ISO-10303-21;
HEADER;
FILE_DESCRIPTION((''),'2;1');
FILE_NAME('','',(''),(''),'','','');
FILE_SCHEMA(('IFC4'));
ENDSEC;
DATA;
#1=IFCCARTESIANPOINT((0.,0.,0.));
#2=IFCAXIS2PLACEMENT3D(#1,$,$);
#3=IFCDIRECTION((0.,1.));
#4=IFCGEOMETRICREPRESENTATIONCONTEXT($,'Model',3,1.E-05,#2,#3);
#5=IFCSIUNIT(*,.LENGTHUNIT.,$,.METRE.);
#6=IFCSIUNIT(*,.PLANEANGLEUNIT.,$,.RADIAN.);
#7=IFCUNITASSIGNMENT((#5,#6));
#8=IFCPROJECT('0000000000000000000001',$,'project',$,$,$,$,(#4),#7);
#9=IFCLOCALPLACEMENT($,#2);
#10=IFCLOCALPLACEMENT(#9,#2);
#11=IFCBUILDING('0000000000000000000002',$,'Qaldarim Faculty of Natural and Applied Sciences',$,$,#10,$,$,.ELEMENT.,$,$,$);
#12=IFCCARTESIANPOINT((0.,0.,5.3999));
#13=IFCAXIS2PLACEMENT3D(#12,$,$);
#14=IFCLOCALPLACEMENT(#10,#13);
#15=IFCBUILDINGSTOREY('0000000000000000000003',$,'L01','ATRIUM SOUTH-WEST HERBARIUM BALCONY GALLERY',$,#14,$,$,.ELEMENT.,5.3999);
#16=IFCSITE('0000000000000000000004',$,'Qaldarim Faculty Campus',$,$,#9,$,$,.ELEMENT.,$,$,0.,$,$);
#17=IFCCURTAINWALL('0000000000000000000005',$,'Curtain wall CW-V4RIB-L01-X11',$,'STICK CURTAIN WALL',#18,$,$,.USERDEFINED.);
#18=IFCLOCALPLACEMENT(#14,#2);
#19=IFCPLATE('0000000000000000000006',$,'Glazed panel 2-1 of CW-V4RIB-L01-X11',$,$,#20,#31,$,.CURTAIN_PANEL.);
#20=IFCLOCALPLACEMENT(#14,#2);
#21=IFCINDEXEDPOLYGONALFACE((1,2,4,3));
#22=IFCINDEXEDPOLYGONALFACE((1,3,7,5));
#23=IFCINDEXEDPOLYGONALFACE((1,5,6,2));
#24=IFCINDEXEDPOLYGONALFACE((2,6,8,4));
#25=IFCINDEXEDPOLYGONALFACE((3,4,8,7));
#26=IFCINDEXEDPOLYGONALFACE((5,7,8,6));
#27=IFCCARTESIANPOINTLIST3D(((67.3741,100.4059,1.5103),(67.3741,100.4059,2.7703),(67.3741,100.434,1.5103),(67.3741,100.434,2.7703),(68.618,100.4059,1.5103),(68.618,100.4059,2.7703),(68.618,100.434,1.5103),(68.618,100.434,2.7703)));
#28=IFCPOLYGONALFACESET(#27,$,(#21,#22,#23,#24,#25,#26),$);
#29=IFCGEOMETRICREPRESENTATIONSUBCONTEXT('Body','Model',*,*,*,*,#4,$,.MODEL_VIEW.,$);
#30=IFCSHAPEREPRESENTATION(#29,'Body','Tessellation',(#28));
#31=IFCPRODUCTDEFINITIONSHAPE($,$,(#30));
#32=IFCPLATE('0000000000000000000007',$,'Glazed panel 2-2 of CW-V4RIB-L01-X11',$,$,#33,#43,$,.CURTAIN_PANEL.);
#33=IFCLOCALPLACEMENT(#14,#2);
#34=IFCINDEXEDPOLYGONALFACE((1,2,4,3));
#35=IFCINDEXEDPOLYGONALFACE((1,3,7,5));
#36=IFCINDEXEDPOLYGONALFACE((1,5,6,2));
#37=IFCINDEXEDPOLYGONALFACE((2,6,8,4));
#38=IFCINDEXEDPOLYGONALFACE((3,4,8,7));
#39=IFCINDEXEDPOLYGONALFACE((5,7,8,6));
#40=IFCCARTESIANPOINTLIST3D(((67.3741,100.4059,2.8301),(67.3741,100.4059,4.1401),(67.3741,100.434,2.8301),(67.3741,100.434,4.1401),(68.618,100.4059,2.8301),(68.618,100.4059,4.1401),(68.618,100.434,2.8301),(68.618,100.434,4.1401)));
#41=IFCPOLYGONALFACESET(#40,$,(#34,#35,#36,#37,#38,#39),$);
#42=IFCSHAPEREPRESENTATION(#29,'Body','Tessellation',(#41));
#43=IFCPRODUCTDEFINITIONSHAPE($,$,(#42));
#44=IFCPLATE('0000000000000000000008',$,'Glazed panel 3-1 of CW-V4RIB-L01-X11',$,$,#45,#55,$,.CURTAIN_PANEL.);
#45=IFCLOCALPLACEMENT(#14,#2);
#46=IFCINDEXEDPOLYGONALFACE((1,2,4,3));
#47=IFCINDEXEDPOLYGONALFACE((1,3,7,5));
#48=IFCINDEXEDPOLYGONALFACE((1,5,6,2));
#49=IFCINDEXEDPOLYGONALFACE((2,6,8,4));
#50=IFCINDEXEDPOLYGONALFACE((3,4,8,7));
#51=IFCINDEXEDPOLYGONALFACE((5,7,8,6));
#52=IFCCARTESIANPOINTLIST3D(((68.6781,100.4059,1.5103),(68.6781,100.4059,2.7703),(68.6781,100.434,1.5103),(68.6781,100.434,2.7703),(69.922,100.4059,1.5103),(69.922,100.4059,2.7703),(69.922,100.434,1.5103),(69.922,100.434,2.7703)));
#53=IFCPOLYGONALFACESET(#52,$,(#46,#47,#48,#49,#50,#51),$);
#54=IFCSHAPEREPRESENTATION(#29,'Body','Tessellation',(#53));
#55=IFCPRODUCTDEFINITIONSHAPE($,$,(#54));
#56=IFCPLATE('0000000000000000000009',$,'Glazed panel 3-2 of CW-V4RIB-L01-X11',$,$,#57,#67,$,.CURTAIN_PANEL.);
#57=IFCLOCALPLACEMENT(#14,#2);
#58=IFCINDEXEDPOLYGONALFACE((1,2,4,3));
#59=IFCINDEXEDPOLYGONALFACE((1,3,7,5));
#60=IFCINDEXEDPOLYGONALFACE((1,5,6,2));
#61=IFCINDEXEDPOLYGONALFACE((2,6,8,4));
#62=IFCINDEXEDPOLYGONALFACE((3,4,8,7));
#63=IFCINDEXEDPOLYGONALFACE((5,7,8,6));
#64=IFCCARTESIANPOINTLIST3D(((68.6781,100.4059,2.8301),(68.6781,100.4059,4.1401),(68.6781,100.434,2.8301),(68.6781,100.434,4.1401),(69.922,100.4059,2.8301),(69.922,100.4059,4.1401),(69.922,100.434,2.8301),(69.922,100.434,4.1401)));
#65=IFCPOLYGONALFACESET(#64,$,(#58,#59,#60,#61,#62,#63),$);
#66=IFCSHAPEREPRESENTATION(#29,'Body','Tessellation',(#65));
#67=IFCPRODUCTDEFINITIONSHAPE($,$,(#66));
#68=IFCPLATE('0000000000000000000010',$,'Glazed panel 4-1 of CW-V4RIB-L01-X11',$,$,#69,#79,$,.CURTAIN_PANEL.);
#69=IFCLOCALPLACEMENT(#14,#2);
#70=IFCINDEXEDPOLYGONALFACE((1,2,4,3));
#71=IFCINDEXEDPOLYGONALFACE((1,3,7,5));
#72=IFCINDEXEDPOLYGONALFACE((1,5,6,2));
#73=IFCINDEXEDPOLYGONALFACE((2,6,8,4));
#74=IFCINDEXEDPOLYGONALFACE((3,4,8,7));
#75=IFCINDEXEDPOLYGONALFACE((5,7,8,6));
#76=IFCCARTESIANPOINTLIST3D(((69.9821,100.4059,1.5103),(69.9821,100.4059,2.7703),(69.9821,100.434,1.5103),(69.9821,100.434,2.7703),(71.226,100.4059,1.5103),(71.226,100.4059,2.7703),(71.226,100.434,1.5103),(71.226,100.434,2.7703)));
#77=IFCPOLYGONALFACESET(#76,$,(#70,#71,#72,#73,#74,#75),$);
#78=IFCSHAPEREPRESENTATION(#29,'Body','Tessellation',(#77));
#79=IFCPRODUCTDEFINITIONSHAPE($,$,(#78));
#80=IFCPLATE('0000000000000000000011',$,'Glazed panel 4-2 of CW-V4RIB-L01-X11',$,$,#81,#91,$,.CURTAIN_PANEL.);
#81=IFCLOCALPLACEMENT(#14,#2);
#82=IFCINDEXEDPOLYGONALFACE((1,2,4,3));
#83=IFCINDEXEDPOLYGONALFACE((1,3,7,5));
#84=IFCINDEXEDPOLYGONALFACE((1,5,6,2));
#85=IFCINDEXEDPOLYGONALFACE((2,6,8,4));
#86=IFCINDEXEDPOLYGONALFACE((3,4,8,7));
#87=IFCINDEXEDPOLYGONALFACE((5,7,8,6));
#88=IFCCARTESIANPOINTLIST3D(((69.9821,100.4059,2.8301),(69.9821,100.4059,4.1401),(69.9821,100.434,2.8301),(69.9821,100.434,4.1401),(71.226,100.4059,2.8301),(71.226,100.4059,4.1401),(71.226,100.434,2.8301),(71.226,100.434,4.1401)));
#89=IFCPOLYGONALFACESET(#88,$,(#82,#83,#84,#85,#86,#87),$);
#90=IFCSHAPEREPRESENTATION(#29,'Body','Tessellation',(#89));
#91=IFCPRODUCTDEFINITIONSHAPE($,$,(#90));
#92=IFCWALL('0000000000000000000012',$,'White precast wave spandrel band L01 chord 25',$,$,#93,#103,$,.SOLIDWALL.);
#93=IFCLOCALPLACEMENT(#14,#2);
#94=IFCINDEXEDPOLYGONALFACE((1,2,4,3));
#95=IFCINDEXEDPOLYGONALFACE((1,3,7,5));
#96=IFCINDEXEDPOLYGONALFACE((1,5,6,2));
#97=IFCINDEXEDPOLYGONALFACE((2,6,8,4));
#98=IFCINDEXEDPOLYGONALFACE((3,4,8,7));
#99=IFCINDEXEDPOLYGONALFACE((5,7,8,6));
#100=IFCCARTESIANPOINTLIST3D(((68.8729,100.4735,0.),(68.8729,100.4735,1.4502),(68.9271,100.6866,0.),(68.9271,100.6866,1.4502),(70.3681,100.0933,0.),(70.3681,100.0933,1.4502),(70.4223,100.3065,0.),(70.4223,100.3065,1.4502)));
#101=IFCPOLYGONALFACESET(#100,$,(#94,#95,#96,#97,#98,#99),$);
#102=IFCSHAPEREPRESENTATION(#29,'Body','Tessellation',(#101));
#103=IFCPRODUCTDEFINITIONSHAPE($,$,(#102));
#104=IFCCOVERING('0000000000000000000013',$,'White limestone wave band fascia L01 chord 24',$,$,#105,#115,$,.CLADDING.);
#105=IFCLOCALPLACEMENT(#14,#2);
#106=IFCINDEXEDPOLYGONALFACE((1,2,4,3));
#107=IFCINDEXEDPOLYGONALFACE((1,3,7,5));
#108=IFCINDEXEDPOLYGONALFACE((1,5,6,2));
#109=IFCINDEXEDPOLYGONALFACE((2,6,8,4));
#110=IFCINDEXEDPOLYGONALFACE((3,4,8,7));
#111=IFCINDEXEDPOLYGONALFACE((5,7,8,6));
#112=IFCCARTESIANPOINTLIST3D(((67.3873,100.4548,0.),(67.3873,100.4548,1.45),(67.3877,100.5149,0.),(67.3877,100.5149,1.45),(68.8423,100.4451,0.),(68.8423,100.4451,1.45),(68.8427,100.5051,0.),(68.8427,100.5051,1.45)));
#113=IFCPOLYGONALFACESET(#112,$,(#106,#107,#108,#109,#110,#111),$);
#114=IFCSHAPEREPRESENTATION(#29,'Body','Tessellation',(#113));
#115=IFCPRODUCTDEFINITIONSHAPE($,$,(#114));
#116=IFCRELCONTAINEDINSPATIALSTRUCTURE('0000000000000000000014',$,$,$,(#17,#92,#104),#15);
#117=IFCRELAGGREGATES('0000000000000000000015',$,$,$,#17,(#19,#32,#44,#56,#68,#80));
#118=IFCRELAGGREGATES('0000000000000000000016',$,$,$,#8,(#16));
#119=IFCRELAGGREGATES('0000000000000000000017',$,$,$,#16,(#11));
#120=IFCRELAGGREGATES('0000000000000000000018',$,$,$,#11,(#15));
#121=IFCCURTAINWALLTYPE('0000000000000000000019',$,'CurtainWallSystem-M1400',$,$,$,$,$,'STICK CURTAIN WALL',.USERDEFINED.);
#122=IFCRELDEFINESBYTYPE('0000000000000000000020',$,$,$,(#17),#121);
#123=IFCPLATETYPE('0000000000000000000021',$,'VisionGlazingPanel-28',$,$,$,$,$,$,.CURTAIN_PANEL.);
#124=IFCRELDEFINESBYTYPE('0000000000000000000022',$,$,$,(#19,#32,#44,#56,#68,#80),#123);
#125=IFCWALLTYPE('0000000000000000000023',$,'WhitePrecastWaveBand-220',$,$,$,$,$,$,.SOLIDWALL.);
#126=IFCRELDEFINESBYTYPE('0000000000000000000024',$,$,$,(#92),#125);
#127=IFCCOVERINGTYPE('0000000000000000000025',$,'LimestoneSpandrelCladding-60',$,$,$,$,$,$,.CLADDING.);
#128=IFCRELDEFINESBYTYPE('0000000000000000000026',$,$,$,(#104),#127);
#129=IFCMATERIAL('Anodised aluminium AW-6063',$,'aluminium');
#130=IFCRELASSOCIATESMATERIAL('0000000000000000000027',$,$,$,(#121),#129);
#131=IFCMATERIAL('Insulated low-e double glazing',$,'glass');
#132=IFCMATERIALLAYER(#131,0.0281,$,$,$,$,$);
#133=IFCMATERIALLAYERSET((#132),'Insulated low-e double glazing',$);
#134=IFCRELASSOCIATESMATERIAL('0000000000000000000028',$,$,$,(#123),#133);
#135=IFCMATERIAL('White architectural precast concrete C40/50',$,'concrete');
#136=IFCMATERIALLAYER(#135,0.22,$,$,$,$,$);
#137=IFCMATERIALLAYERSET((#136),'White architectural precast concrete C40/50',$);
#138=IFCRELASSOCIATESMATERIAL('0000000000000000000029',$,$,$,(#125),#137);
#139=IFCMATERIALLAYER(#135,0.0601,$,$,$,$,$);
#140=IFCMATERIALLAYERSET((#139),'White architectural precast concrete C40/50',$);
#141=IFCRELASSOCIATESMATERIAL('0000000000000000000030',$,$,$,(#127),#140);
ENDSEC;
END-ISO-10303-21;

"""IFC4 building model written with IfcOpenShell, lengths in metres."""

from ifc_helpers import new_model, si_unit, direction, frame, frame_2d, origin, origin_2d, place, context, subcontext, project, spatial, rectangle, extrude, material, layer, layer_set, type_object, element, aggregate, save


model = new_model("IFC4")

# Units and contexts
model_context = context("Model", 3, precision=1e-05, world=origin(), true_north=direction((0.0, 1.0)))
body_context = subcontext(model_context, "Body", "Model", "MODEL_VIEW")
ifc_project = project(units=[si_unit("LENGTHUNIT", "METRE"), si_unit("PLANEANGLEUNIT", "RADIAN")], contexts=[model_context])

# Site, building, storey
site_placement = place(None, origin())
site = spatial("IfcSite", under=ifc_project, at=site_placement, Name="Qaldarim Faculty Campus", CompositionType="ELEMENT", RefElevation=0.0)
building_placement = place(site_placement, origin())
building = spatial("IfcBuilding", under=site, at=building_placement, Name="Qaldarim Faculty of Natural and Applied Sciences", CompositionType="ELEMENT")
storey_placement = place(building_placement, frame((0.0, 0.0, 5.3999)))
storey = spatial("IfcBuildingStorey", under=building, at=storey_placement, Name="L01", Description="ATRIUM SOUTH-WEST HERBARIUM BALCONY GALLERY", CompositionType="ELEMENT", Elevation=5.3999)

# Curtain wall, plates
ifc_material_1 = material(Name="Anodised aluminium AW-6063", Category="aluminium")
curtain_wall_type = type_object("IfcCurtainWallType", Name="CurtainWallSystem-M1400", ElementType="STICK CURTAIN WALL", PredefinedType="USERDEFINED", material=ifc_material_1)
curtain_wall_placement = place(storey_placement, origin())
curtain_wall = element("IfcCurtainWall", 1, at=curtain_wall_placement, inside=storey, type_object=curtain_wall_type, Name="Curtain wall CW-V4RIB-L01-X11", ObjectType="STICK CURTAIN WALL", PredefinedType="USERDEFINED")
ifc_material_2 = material(Name="Insulated low-e double glazing", Category="glass")
ifc_layer_1 = layer(ifc_material_2, 0.0281)
ifc_layer_set_1 = layer_set([ifc_layer_1], Name="Insulated low-e double glazing")
plate_type = type_object("IfcPlateType", Name="VisionGlazingPanel-28", PredefinedType="CURTAIN_PANEL", material=ifc_layer_set_1)
plate_1_placement = place(storey_placement, frame((67.9961, 100.4199, 1.5103), z_axis=(0.0, 0.0, 1.0), x_axis=(1.0, 0.0, 0.0)))
plate_1 = element("IfcPlate", 2, at=plate_1_placement, type_object=plate_type, Name="Glazed panel 2-1 of CW-V4RIB-L01-X11", PredefinedType="CURTAIN_PANEL", context=body_context, shape_type="SweptSolid", body=[
    extrude(rectangle(XDim=1.2439, YDim=0.0281, at=origin_2d()), origin(), (0.0, 0.0, 1.0), 1.26),
])
plate_2_placement = place(storey_placement, frame((67.9961, 100.4199, 2.8301), z_axis=(0.0, 0.0, 1.0), x_axis=(1.0, 0.0, 0.0)))
plate_2 = element("IfcPlate", 3, at=plate_2_placement, type_object=plate_type, Name="Glazed panel 2-2 of CW-V4RIB-L01-X11", PredefinedType="CURTAIN_PANEL", context=body_context, shape_type="SweptSolid", body=[
    extrude(rectangle(XDim=1.2439, YDim=0.0281, at=origin_2d()), origin(), (0.0, 0.0, 1.0), 1.3101),
])
plate_3_placement = place(storey_placement, frame((69.3, 100.4199, 1.5103), z_axis=(0.0, 0.0, 1.0), x_axis=(1.0, 0.0, 0.0)))
plate_3 = element("IfcPlate", 4, at=plate_3_placement, type_object=plate_type, Name="Glazed panel 3-1 of CW-V4RIB-L01-X11", PredefinedType="CURTAIN_PANEL", context=body_context, shape_type="SweptSolid", body=[
    extrude(rectangle(XDim=1.2439, YDim=0.0281, at=origin_2d()), origin(), (0.0, 0.0, 1.0), 1.26),
])
plate_4_placement = place(storey_placement, frame((69.3, 100.4199, 2.8301), z_axis=(0.0, 0.0, 1.0), x_axis=(1.0, 0.0, 0.0)))
plate_4 = element("IfcPlate", 5, at=plate_4_placement, type_object=plate_type, Name="Glazed panel 3-2 of CW-V4RIB-L01-X11", PredefinedType="CURTAIN_PANEL", context=body_context, shape_type="SweptSolid", body=[
    extrude(rectangle(XDim=1.2439, YDim=0.0281, at=origin_2d()), origin(), (0.0, 0.0, 1.0), 1.3101),
])
plate_5_placement = place(storey_placement, frame((70.604, 100.4199, 1.5103), z_axis=(0.0, 0.0, 1.0), x_axis=(1.0, 0.0, 0.0)))
plate_5 = element("IfcPlate", 6, at=plate_5_placement, type_object=plate_type, Name="Glazed panel 4-1 of CW-V4RIB-L01-X11", PredefinedType="CURTAIN_PANEL", context=body_context, shape_type="SweptSolid", body=[
    extrude(rectangle(XDim=1.2439, YDim=0.0281, at=origin_2d()), origin(), (0.0, 0.0, 1.0), 1.26),
])
plate_6_placement = place(storey_placement, frame((70.604, 100.4199, 2.8301), z_axis=(0.0, 0.0, 1.0), x_axis=(1.0, 0.0, 0.0)))
plate_6 = element("IfcPlate", 7, at=plate_6_placement, type_object=plate_type, Name="Glazed panel 4-2 of CW-V4RIB-L01-X11", PredefinedType="CURTAIN_PANEL", context=body_context, shape_type="SweptSolid", body=[
    extrude(rectangle(XDim=1.2439, YDim=0.0281, at=origin_2d()), origin(), (0.0, 0.0, 1.0), 1.3101),
])
aggregate(curtain_wall, [plate_1, plate_2, plate_3, plate_4, plate_5, plate_6])

# Wall
ifc_material_3 = material(Name="White architectural precast concrete C40/50", Category="concrete")
ifc_layer_2 = layer(ifc_material_3, 0.22)
ifc_layer_set_2 = layer_set([ifc_layer_2], Name="White architectural precast concrete C40/50")
wall_type = type_object("IfcWallType", Name="WhitePrecastWaveBand-220", PredefinedType="SOLIDWALL", material=ifc_layer_set_2)
wall_placement = place(storey_placement, frame((68.8999, 100.5801, 0.0), z_axis=(0.0, 0.0, 1.0), x_axis=(0.969167, -0.246406, 0.0)))
element("IfcWall", 8, at=wall_placement, inside=storey, type_object=wall_type, Name="White precast wave spandrel band L01 chord 25", PredefinedType="SOLIDWALL", context=body_context, shape_type="SweptSolid", body=[
    extrude(rectangle(XDim=1.5427, YDim=0.22, at=frame_2d((0.7715, 0.0))), origin(), (0.0, 0.0, 1.0), 1.4502),
])

# Covering
ifc_layer_3 = layer(ifc_material_3, 0.0601)
ifc_layer_set_3 = layer_set([ifc_layer_3], Name="White architectural precast concrete C40/50")
covering_type = type_object("IfcCoveringType", Name="LimestoneSpandrelCladding-60", PredefinedType="CLADDING", material=ifc_layer_set_3)
covering_placement = place(storey_placement, frame((68.115, 100.48, 0.0), z_axis=(0.0, 0.0, 1.0), x_axis=(0.999978, -0.006685, 0.0)))
element("IfcCovering", 9, at=covering_placement, inside=storey, type_object=covering_type, Name="White limestone wave band fascia L01 chord 24", PredefinedType="CLADDING", context=body_context, shape_type="SweptSolid", body=[
    extrude(rectangle(XDim=1.4551, YDim=0.0601, at=origin_2d()), origin(), (0.0, 0.0, 1.0), 1.45),
])

save(model, "model.ifc")
